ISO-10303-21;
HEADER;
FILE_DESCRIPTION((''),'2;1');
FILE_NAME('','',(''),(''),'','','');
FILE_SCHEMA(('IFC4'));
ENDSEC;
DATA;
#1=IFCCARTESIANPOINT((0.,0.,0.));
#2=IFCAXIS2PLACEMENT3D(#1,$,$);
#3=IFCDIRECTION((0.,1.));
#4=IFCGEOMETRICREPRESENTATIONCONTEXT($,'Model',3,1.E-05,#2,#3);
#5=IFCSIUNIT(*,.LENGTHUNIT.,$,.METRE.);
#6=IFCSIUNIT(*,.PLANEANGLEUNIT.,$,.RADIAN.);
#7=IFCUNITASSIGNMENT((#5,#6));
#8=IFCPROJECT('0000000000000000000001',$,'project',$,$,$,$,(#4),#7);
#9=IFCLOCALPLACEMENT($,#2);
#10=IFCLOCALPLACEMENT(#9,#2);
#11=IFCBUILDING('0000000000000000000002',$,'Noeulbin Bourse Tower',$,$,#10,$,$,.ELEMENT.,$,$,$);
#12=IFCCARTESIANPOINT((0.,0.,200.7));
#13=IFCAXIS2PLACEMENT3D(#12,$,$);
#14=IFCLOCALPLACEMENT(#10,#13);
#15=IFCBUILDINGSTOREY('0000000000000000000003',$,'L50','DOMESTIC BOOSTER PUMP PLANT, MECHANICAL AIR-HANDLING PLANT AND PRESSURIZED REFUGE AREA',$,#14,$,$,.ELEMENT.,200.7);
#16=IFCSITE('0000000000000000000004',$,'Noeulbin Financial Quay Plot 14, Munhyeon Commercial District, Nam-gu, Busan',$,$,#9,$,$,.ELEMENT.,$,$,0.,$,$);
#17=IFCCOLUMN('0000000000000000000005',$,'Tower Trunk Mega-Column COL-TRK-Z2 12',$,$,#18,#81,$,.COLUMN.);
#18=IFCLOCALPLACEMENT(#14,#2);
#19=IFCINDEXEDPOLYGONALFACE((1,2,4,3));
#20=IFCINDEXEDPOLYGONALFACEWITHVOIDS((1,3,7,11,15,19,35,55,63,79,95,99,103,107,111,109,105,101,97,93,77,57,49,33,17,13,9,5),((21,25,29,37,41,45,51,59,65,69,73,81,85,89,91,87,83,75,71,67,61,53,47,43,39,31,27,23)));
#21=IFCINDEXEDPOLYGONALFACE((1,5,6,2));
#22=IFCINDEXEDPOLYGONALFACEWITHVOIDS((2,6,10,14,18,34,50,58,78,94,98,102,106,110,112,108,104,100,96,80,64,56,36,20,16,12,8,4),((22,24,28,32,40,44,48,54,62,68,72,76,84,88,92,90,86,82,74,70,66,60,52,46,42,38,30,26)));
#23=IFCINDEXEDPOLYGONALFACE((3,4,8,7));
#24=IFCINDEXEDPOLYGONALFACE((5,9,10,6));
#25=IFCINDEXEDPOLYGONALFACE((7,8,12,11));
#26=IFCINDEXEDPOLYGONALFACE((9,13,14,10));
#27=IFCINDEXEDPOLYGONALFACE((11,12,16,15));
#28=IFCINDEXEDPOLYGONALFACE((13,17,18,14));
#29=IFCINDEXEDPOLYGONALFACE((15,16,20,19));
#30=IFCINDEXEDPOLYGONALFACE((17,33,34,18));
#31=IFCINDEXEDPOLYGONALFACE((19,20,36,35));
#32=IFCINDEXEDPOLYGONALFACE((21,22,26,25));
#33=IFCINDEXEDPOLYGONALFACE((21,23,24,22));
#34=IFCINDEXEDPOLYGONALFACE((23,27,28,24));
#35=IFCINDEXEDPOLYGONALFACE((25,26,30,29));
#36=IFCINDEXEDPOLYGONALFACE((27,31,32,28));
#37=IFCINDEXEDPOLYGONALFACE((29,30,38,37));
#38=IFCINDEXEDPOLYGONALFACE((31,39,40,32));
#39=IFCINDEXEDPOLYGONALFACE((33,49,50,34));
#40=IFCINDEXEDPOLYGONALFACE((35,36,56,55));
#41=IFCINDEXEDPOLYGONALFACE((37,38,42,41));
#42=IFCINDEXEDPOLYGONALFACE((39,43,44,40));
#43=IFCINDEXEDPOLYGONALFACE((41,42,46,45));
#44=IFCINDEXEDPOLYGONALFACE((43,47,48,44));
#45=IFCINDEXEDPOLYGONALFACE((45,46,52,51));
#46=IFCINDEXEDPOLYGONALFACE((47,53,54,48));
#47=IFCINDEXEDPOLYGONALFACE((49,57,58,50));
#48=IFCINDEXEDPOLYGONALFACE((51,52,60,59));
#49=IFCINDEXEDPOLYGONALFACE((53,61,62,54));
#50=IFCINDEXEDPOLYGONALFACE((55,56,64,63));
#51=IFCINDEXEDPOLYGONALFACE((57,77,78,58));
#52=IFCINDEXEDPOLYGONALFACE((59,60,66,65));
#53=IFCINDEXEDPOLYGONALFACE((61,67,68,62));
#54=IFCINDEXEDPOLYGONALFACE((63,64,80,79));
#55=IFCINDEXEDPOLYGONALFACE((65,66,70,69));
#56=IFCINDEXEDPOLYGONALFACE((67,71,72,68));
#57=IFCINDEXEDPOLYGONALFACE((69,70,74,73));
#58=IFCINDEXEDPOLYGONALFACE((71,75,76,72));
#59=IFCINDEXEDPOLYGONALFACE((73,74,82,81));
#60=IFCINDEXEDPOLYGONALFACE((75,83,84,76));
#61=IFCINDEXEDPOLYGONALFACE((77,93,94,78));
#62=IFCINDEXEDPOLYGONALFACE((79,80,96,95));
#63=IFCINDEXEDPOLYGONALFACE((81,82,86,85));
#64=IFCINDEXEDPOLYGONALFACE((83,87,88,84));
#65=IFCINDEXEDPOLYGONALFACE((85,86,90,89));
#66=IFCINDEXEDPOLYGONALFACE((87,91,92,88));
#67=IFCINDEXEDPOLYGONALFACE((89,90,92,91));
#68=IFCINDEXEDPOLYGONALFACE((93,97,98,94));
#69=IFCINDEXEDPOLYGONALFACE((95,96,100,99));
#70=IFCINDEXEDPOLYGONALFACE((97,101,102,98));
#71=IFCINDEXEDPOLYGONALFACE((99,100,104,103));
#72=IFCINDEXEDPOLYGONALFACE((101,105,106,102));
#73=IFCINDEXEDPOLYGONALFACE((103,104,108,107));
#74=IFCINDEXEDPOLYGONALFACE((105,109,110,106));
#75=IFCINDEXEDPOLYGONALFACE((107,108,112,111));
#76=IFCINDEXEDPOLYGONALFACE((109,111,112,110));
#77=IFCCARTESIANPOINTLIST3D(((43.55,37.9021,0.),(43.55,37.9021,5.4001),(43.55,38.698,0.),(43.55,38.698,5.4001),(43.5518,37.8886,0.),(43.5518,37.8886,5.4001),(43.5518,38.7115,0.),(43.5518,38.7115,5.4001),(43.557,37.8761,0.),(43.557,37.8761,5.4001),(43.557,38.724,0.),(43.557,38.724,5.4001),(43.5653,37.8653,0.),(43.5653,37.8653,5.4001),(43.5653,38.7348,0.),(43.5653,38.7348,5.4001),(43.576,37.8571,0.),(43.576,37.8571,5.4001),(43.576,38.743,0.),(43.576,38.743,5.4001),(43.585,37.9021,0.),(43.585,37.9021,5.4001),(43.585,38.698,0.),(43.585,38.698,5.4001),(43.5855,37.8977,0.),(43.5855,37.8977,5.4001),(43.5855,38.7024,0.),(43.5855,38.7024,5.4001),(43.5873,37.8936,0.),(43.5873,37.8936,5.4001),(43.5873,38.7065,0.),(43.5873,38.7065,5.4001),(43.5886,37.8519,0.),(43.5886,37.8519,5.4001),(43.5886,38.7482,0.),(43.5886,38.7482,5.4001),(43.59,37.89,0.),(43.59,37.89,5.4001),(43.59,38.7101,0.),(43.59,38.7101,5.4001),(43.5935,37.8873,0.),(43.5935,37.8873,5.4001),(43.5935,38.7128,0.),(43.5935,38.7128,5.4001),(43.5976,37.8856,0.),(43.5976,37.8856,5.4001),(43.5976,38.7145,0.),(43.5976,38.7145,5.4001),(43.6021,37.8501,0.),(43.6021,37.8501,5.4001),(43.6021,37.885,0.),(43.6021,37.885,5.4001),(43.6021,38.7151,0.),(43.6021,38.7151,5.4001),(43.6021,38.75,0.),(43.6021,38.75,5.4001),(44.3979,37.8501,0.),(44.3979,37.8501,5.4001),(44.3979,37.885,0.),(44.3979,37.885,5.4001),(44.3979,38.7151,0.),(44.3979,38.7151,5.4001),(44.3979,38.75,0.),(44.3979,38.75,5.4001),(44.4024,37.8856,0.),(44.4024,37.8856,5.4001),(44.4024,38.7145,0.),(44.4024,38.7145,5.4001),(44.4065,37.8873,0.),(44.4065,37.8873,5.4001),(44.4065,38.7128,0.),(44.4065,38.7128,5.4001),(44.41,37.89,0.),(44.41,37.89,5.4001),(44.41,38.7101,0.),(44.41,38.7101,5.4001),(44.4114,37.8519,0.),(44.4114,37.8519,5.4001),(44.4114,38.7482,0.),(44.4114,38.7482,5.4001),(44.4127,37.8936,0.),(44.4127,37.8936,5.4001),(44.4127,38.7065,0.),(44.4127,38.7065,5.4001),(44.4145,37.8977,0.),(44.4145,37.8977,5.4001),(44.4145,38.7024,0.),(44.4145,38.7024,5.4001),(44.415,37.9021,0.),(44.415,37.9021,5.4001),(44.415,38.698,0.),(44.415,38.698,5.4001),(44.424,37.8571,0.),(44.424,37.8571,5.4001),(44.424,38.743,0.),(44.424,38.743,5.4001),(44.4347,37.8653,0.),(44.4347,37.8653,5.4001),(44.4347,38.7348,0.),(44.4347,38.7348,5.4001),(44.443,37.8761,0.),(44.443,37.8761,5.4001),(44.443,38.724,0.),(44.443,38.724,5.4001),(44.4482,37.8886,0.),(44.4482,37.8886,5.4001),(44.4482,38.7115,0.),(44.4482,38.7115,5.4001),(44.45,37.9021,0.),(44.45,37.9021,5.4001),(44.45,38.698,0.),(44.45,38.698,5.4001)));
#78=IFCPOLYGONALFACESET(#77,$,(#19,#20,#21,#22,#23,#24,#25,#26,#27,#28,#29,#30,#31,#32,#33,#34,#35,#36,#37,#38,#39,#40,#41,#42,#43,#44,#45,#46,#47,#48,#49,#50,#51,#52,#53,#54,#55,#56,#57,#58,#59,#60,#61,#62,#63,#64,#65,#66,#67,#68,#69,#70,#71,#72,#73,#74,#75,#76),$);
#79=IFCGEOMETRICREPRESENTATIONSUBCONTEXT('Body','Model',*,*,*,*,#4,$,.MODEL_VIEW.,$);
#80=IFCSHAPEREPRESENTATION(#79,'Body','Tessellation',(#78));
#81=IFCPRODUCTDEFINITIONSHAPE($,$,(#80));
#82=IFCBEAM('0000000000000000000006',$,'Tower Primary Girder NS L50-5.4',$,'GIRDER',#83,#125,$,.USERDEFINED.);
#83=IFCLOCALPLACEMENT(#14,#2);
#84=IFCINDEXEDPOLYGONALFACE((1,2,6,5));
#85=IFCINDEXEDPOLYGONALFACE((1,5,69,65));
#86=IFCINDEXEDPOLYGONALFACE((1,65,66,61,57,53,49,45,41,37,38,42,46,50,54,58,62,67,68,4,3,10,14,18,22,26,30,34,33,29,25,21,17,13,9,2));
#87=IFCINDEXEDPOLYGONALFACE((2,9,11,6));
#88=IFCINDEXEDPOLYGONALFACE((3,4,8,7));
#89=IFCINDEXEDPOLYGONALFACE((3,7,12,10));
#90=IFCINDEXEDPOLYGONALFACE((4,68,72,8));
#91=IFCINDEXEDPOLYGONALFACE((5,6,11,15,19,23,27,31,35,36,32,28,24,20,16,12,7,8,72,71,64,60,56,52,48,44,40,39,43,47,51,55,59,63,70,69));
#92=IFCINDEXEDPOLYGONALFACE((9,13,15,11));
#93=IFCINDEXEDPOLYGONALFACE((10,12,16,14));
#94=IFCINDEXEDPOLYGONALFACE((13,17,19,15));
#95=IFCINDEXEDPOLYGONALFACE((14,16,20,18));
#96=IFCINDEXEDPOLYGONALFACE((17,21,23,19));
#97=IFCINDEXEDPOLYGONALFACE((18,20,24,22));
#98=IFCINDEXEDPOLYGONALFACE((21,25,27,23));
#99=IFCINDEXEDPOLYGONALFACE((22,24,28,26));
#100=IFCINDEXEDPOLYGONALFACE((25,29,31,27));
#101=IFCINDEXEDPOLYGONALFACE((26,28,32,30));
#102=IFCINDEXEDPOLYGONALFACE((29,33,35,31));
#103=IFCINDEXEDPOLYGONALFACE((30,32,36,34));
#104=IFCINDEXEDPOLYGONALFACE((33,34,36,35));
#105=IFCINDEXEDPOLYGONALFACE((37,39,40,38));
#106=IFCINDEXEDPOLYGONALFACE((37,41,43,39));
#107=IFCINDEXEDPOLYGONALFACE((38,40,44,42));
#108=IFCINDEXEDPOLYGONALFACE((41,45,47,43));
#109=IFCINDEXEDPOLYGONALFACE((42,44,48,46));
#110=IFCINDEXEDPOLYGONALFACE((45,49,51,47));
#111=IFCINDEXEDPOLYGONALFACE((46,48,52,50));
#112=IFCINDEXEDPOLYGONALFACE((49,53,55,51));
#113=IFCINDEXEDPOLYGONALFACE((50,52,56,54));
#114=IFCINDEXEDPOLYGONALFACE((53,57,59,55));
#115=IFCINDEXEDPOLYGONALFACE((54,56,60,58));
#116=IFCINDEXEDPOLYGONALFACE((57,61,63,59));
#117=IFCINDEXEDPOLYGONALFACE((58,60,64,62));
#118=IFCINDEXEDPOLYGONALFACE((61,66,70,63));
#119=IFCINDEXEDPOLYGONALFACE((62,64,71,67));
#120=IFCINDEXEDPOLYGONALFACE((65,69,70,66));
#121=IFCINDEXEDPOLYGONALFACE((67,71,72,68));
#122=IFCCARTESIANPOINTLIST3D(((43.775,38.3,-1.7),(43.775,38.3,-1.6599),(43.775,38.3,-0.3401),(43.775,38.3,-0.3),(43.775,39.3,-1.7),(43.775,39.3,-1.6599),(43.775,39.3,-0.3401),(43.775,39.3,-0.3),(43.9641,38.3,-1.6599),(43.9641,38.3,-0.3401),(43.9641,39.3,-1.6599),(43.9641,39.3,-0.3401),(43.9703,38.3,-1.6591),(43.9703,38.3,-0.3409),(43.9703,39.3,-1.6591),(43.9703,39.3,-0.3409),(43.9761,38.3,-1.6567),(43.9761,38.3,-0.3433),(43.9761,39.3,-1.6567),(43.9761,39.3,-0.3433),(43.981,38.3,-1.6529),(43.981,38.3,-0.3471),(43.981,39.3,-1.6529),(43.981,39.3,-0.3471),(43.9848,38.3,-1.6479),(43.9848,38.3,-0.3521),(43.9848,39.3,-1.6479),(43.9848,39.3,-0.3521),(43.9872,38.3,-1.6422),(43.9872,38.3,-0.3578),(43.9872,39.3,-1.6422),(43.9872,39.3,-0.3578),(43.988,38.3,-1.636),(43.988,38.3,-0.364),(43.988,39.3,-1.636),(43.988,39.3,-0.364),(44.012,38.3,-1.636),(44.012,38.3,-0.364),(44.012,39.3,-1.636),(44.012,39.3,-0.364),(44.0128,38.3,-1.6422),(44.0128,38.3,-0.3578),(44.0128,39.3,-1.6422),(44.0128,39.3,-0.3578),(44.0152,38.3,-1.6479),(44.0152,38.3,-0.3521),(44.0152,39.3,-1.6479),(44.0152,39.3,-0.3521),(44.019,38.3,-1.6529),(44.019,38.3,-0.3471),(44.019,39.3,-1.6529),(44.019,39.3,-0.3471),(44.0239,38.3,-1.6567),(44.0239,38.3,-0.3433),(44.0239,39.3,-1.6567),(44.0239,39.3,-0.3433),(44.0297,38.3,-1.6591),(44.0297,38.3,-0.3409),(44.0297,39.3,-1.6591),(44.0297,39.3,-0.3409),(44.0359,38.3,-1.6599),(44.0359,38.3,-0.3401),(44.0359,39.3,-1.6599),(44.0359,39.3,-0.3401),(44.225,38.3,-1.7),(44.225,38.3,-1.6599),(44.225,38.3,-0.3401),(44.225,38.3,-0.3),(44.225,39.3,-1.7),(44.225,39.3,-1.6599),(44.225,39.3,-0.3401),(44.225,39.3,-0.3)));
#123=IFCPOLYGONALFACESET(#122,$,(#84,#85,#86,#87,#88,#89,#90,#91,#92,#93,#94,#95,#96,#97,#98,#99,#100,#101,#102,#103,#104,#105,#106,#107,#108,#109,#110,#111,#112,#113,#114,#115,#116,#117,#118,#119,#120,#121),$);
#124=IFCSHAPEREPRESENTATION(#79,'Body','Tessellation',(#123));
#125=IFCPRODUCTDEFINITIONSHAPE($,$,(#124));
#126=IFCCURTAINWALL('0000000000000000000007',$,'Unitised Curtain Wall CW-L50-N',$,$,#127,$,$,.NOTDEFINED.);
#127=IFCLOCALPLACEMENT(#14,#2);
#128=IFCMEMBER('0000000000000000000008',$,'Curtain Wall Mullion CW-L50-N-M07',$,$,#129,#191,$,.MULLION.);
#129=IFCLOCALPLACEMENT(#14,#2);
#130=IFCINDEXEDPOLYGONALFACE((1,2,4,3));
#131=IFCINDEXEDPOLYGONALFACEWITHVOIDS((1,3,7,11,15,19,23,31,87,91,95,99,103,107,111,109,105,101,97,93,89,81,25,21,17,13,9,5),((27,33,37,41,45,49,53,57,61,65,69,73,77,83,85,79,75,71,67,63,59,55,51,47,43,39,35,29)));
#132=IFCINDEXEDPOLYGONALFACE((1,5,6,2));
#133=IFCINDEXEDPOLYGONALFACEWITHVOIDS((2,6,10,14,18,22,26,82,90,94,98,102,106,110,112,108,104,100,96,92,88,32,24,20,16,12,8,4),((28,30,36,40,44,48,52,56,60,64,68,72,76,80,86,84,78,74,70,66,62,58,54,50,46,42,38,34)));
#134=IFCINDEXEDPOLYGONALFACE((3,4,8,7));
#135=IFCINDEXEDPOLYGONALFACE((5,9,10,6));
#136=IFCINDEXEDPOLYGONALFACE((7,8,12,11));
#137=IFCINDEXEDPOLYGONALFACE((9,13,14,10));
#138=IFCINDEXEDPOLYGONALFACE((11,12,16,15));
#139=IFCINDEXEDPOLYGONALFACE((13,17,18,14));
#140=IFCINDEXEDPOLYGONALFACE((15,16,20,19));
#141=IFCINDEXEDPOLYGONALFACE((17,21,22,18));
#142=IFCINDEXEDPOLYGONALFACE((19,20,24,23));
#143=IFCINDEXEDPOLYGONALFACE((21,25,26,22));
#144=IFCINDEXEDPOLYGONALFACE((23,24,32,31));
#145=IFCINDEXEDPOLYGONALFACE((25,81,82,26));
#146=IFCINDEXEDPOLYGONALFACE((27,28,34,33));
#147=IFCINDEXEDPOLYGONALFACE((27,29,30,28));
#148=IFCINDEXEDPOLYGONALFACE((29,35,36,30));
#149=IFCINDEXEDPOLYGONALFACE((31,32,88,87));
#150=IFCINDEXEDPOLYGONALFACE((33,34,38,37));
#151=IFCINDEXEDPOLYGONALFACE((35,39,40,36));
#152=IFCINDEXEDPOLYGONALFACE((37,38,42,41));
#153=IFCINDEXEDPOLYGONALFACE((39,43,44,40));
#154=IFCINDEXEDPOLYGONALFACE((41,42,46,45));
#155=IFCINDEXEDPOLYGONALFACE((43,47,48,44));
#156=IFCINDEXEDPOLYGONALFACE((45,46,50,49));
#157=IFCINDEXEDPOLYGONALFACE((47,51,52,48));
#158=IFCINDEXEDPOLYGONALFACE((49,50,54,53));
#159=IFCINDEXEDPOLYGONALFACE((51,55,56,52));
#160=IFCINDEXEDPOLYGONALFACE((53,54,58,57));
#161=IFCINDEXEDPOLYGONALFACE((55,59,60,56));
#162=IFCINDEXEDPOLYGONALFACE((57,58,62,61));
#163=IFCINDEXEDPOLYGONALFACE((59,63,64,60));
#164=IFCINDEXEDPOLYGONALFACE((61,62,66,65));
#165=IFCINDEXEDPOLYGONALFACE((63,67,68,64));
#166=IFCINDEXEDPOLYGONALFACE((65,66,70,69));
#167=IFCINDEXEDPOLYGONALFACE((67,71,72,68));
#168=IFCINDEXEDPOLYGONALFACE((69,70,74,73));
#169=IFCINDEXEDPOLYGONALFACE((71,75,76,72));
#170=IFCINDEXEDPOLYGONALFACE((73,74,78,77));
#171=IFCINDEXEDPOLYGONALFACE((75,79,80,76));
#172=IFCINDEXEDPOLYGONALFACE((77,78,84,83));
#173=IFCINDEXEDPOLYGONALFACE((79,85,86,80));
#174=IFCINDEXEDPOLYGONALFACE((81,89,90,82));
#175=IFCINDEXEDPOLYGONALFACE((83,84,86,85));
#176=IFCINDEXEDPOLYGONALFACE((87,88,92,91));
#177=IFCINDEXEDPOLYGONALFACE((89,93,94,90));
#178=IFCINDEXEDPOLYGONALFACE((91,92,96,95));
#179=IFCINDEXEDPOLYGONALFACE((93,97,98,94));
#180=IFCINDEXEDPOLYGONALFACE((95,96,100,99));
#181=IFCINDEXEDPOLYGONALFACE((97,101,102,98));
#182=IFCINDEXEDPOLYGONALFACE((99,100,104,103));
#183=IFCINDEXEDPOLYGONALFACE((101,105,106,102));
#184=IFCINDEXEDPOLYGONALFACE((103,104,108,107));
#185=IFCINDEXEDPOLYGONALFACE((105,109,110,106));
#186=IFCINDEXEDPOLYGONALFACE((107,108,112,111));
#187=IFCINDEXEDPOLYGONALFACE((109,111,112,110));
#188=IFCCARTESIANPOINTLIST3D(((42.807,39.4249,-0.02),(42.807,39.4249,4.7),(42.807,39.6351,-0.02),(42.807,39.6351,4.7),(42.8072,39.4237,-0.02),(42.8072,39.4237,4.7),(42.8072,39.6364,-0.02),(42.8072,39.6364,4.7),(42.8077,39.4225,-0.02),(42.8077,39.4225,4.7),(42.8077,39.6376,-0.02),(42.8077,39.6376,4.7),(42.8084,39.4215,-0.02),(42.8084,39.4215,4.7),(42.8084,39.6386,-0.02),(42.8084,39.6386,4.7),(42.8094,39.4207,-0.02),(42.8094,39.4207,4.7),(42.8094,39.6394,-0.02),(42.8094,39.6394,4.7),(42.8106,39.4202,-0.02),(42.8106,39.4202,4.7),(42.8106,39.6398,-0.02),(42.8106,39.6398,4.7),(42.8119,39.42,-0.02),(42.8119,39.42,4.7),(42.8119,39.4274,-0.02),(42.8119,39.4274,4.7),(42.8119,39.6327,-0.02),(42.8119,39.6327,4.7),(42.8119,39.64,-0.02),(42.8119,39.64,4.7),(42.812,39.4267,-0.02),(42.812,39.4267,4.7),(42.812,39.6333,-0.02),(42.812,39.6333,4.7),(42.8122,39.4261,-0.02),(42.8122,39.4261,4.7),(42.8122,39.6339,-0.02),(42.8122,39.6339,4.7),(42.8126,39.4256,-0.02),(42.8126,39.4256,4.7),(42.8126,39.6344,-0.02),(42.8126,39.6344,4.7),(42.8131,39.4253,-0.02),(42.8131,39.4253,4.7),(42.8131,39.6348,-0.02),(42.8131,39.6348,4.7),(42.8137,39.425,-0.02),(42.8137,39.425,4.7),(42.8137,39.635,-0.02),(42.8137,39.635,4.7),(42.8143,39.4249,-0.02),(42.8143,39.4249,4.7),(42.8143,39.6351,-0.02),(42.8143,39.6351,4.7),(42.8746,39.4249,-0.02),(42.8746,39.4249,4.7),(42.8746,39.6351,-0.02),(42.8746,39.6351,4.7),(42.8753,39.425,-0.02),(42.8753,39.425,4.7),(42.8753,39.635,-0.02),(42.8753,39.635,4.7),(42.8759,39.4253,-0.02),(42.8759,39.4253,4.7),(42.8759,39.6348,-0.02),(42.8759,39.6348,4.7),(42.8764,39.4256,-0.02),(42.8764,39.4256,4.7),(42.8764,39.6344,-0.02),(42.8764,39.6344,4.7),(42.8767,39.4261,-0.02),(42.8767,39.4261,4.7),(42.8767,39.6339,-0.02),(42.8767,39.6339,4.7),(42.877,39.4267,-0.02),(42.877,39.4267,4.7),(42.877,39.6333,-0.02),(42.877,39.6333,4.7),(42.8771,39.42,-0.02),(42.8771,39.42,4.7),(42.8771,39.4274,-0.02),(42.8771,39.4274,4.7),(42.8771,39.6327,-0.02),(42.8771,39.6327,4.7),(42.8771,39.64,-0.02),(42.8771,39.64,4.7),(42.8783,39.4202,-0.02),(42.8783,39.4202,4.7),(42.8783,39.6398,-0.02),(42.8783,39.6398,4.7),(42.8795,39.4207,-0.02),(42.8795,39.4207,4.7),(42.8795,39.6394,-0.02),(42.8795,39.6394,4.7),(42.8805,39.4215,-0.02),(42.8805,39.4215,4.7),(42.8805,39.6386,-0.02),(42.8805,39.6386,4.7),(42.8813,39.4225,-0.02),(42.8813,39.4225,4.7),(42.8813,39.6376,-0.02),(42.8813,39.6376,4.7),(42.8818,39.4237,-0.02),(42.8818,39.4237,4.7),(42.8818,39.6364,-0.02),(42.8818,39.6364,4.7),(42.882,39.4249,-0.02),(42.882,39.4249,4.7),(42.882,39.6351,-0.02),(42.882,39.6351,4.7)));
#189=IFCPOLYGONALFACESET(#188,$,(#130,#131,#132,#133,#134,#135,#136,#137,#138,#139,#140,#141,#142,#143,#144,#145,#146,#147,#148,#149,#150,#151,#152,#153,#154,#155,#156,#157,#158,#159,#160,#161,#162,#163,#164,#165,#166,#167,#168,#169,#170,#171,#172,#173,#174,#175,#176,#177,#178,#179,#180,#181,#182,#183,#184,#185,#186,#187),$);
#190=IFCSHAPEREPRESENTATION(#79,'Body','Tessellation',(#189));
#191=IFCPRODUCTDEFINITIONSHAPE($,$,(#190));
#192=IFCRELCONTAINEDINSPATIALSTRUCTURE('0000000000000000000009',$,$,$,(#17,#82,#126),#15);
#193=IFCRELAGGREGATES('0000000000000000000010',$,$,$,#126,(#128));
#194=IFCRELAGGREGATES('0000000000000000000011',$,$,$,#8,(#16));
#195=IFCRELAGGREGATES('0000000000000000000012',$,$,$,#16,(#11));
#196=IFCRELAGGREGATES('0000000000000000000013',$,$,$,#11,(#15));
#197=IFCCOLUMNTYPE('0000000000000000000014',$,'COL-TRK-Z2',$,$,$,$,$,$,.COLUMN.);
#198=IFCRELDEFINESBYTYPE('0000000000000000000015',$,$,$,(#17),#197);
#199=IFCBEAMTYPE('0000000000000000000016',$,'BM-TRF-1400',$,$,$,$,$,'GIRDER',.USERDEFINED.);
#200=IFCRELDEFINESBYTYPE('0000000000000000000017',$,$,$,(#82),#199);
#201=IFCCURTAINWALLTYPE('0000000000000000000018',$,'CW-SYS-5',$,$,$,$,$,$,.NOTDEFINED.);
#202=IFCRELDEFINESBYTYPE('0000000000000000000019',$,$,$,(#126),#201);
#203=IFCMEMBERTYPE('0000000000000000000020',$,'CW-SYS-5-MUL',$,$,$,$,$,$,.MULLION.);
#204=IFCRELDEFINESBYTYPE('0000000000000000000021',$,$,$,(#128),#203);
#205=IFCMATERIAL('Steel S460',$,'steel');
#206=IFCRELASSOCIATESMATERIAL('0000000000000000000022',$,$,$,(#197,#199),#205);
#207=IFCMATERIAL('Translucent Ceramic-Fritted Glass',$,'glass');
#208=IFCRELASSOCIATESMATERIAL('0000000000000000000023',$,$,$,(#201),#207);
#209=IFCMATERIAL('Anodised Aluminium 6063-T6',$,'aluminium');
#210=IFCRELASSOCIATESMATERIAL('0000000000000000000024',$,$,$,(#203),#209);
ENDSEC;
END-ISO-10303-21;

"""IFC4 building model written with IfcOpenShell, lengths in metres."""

from ifc_helpers import new_model, si_unit, direction, frame, origin, origin_2d, place, context, subcontext, project, spatial, hollow_rectangle, i_section, extrude, material, material_profile, profile_set, type_object, element, aggregate, save


model = new_model("IFC4")

# Units and contexts
model_context = context("Model", 3, precision=1e-05, world=origin(), true_north=direction((0.0, 1.0)))
body_context = subcontext(model_context, "Body", "Model", "MODEL_VIEW")
ifc_project = project(units=[si_unit("LENGTHUNIT", "METRE"), si_unit("PLANEANGLEUNIT", "RADIAN")], contexts=[model_context])

# Site, building, storey
site_placement = place(None, origin())
site = spatial("IfcSite", under=ifc_project, at=site_placement, Name="Noeulbin Financial Quay Plot 14, Munhyeon Commercial District, Nam-gu, Busan", CompositionType="ELEMENT", RefElevation=0.0)
building_placement = place(site_placement, origin())
building = spatial("IfcBuilding", under=site, at=building_placement, Name="Noeulbin Bourse Tower", CompositionType="ELEMENT")
storey_placement = place(building_placement, frame((0.0, 0.0, 200.7)))
storey = spatial("IfcBuildingStorey", under=building, at=storey_placement, Name="L50", Description="DOMESTIC BOOSTER PUMP PLANT, MECHANICAL AIR-HANDLING PLANT AND PRESSURIZED REFUGE AREA", CompositionType="ELEMENT", Elevation=200.7)

# Column
ifc_material_1 = material(Name="Steel S460", Category="steel")
ifc_material_profile_1 = material_profile(ifc_material_1, hollow_rectangle(XDim=0.8999, YDim=0.8999, WallThickness=0.0349, InnerFilletRadius=0.0171, OuterFilletRadius=0.052, at=origin_2d()), Name="BOX-900x900x35", Category="LoadBearing")
ifc_profile_set_1 = profile_set([ifc_material_profile_1], Name="Steel S460")
column_type = type_object("IfcColumnType", Name="COL-TRK-Z2", PredefinedType="COLUMN", material=ifc_profile_set_1)
column_placement = place(storey_placement, frame((44.0, 38.3, 0.0), z_axis=(0.0, 0.0, 1.0), x_axis=(1.0, 0.0, 0.0)))
element("IfcColumn", 1, at=column_placement, inside=storey, type_object=column_type, Name="Tower Trunk Mega-Column COL-TRK-Z2 12", PredefinedType="COLUMN", context=body_context, shape_type="SweptSolid", body=[
    extrude(hollow_rectangle(XDim=0.8999, YDim=0.8999, WallThickness=0.0349, InnerFilletRadius=0.0171, OuterFilletRadius=0.052, at=origin_2d()), origin(), (0.0, 0.0, 1.0), 5.4001),
])

# Beam
ifc_material_profile_2 = material_profile(ifc_material_1, i_section(OverallWidth=0.45, OverallDepth=1.3999, WebThickness=0.0239, FlangeThickness=0.04, FilletRadius=0.0239, at=origin_2d()), Name="PG-1400x450x24x40", Category="LoadBearing")
ifc_profile_set_2 = profile_set([ifc_material_profile_2], Name="Steel S460")
beam_type = type_object("IfcBeamType", Name="BM-TRF-1400", ElementType="GIRDER", PredefinedType="USERDEFINED", material=ifc_profile_set_2)
beam_placement = place(storey_placement, frame((44.0, 38.3, -1.0), z_axis=(0.0, 1.0, 0.0), x_axis=(-1.0, 0.0, 0.0)))
element("IfcBeam", 2, at=beam_placement, inside=storey, type_object=beam_type, Name="Tower Primary Girder NS L50-5.4", ObjectType="GIRDER", PredefinedType="USERDEFINED", context=body_context, shape_type="SweptSolid", body=[
    extrude(i_section(OverallWidth=0.45, OverallDepth=1.3999, WebThickness=0.0239, FlangeThickness=0.04, FilletRadius=0.0239, at=origin_2d()), origin(), (0.0, 0.0, 1.0), 1.0),
])

# Curtain wall, member
ifc_material_2 = material(Name="Translucent Ceramic-Fritted Glass", Category="glass")
curtain_wall_type = type_object("IfcCurtainWallType", Name="CW-SYS-5", PredefinedType="NOTDEFINED", material=ifc_material_2)
curtain_wall_1_placement = place(storey_placement, origin())
curtain_wall_1 = element("IfcCurtainWall", 3, at=curtain_wall_1_placement, inside=storey, type_object=curtain_wall_type, Name="Unitised Curtain Wall CW-L50-N", PredefinedType="NOTDEFINED")
ifc_material_3 = material(Name="Anodised Aluminium 6063-T6", Category="aluminium")
ifc_material_profile_3 = material_profile(ifc_material_3, hollow_rectangle(XDim=0.075, YDim=0.22, WallThickness=0.0049, InnerFilletRadius=0.0024, OuterFilletRadius=0.0049, at=origin_2d()), Name="ALU-MULL-75x220x5", Category="LoadBearing")
ifc_profile_set_3 = profile_set([ifc_material_profile_3], Name="Anodised Aluminium 6063-T6")
member_type_1 = type_object("IfcMemberType", Name="CW-SYS-5-MUL", PredefinedType="MULLION", material=ifc_profile_set_3)
member_1_placement = place(storey_placement, frame((42.8445, 39.53, -0.02), z_axis=(0.0, 0.0, 1.0), x_axis=(1.0, 0.0, 0.0)))
member_1 = element("IfcMember", 4, at=member_1_placement, type_object=member_type_1, Name="Curtain Wall Mullion CW-L50-N-M07", PredefinedType="MULLION", context=body_context, shape_type="SweptSolid", body=[
    extrude(hollow_rectangle(XDim=0.075, YDim=0.22, WallThickness=0.0049, InnerFilletRadius=0.0024, OuterFilletRadius=0.0049, at=origin_2d()), origin(), (0.0, 0.0, 1.0), 4.72),
])

aggregate(curtain_wall_1, [member_1])

save(model, "model.ifc")
